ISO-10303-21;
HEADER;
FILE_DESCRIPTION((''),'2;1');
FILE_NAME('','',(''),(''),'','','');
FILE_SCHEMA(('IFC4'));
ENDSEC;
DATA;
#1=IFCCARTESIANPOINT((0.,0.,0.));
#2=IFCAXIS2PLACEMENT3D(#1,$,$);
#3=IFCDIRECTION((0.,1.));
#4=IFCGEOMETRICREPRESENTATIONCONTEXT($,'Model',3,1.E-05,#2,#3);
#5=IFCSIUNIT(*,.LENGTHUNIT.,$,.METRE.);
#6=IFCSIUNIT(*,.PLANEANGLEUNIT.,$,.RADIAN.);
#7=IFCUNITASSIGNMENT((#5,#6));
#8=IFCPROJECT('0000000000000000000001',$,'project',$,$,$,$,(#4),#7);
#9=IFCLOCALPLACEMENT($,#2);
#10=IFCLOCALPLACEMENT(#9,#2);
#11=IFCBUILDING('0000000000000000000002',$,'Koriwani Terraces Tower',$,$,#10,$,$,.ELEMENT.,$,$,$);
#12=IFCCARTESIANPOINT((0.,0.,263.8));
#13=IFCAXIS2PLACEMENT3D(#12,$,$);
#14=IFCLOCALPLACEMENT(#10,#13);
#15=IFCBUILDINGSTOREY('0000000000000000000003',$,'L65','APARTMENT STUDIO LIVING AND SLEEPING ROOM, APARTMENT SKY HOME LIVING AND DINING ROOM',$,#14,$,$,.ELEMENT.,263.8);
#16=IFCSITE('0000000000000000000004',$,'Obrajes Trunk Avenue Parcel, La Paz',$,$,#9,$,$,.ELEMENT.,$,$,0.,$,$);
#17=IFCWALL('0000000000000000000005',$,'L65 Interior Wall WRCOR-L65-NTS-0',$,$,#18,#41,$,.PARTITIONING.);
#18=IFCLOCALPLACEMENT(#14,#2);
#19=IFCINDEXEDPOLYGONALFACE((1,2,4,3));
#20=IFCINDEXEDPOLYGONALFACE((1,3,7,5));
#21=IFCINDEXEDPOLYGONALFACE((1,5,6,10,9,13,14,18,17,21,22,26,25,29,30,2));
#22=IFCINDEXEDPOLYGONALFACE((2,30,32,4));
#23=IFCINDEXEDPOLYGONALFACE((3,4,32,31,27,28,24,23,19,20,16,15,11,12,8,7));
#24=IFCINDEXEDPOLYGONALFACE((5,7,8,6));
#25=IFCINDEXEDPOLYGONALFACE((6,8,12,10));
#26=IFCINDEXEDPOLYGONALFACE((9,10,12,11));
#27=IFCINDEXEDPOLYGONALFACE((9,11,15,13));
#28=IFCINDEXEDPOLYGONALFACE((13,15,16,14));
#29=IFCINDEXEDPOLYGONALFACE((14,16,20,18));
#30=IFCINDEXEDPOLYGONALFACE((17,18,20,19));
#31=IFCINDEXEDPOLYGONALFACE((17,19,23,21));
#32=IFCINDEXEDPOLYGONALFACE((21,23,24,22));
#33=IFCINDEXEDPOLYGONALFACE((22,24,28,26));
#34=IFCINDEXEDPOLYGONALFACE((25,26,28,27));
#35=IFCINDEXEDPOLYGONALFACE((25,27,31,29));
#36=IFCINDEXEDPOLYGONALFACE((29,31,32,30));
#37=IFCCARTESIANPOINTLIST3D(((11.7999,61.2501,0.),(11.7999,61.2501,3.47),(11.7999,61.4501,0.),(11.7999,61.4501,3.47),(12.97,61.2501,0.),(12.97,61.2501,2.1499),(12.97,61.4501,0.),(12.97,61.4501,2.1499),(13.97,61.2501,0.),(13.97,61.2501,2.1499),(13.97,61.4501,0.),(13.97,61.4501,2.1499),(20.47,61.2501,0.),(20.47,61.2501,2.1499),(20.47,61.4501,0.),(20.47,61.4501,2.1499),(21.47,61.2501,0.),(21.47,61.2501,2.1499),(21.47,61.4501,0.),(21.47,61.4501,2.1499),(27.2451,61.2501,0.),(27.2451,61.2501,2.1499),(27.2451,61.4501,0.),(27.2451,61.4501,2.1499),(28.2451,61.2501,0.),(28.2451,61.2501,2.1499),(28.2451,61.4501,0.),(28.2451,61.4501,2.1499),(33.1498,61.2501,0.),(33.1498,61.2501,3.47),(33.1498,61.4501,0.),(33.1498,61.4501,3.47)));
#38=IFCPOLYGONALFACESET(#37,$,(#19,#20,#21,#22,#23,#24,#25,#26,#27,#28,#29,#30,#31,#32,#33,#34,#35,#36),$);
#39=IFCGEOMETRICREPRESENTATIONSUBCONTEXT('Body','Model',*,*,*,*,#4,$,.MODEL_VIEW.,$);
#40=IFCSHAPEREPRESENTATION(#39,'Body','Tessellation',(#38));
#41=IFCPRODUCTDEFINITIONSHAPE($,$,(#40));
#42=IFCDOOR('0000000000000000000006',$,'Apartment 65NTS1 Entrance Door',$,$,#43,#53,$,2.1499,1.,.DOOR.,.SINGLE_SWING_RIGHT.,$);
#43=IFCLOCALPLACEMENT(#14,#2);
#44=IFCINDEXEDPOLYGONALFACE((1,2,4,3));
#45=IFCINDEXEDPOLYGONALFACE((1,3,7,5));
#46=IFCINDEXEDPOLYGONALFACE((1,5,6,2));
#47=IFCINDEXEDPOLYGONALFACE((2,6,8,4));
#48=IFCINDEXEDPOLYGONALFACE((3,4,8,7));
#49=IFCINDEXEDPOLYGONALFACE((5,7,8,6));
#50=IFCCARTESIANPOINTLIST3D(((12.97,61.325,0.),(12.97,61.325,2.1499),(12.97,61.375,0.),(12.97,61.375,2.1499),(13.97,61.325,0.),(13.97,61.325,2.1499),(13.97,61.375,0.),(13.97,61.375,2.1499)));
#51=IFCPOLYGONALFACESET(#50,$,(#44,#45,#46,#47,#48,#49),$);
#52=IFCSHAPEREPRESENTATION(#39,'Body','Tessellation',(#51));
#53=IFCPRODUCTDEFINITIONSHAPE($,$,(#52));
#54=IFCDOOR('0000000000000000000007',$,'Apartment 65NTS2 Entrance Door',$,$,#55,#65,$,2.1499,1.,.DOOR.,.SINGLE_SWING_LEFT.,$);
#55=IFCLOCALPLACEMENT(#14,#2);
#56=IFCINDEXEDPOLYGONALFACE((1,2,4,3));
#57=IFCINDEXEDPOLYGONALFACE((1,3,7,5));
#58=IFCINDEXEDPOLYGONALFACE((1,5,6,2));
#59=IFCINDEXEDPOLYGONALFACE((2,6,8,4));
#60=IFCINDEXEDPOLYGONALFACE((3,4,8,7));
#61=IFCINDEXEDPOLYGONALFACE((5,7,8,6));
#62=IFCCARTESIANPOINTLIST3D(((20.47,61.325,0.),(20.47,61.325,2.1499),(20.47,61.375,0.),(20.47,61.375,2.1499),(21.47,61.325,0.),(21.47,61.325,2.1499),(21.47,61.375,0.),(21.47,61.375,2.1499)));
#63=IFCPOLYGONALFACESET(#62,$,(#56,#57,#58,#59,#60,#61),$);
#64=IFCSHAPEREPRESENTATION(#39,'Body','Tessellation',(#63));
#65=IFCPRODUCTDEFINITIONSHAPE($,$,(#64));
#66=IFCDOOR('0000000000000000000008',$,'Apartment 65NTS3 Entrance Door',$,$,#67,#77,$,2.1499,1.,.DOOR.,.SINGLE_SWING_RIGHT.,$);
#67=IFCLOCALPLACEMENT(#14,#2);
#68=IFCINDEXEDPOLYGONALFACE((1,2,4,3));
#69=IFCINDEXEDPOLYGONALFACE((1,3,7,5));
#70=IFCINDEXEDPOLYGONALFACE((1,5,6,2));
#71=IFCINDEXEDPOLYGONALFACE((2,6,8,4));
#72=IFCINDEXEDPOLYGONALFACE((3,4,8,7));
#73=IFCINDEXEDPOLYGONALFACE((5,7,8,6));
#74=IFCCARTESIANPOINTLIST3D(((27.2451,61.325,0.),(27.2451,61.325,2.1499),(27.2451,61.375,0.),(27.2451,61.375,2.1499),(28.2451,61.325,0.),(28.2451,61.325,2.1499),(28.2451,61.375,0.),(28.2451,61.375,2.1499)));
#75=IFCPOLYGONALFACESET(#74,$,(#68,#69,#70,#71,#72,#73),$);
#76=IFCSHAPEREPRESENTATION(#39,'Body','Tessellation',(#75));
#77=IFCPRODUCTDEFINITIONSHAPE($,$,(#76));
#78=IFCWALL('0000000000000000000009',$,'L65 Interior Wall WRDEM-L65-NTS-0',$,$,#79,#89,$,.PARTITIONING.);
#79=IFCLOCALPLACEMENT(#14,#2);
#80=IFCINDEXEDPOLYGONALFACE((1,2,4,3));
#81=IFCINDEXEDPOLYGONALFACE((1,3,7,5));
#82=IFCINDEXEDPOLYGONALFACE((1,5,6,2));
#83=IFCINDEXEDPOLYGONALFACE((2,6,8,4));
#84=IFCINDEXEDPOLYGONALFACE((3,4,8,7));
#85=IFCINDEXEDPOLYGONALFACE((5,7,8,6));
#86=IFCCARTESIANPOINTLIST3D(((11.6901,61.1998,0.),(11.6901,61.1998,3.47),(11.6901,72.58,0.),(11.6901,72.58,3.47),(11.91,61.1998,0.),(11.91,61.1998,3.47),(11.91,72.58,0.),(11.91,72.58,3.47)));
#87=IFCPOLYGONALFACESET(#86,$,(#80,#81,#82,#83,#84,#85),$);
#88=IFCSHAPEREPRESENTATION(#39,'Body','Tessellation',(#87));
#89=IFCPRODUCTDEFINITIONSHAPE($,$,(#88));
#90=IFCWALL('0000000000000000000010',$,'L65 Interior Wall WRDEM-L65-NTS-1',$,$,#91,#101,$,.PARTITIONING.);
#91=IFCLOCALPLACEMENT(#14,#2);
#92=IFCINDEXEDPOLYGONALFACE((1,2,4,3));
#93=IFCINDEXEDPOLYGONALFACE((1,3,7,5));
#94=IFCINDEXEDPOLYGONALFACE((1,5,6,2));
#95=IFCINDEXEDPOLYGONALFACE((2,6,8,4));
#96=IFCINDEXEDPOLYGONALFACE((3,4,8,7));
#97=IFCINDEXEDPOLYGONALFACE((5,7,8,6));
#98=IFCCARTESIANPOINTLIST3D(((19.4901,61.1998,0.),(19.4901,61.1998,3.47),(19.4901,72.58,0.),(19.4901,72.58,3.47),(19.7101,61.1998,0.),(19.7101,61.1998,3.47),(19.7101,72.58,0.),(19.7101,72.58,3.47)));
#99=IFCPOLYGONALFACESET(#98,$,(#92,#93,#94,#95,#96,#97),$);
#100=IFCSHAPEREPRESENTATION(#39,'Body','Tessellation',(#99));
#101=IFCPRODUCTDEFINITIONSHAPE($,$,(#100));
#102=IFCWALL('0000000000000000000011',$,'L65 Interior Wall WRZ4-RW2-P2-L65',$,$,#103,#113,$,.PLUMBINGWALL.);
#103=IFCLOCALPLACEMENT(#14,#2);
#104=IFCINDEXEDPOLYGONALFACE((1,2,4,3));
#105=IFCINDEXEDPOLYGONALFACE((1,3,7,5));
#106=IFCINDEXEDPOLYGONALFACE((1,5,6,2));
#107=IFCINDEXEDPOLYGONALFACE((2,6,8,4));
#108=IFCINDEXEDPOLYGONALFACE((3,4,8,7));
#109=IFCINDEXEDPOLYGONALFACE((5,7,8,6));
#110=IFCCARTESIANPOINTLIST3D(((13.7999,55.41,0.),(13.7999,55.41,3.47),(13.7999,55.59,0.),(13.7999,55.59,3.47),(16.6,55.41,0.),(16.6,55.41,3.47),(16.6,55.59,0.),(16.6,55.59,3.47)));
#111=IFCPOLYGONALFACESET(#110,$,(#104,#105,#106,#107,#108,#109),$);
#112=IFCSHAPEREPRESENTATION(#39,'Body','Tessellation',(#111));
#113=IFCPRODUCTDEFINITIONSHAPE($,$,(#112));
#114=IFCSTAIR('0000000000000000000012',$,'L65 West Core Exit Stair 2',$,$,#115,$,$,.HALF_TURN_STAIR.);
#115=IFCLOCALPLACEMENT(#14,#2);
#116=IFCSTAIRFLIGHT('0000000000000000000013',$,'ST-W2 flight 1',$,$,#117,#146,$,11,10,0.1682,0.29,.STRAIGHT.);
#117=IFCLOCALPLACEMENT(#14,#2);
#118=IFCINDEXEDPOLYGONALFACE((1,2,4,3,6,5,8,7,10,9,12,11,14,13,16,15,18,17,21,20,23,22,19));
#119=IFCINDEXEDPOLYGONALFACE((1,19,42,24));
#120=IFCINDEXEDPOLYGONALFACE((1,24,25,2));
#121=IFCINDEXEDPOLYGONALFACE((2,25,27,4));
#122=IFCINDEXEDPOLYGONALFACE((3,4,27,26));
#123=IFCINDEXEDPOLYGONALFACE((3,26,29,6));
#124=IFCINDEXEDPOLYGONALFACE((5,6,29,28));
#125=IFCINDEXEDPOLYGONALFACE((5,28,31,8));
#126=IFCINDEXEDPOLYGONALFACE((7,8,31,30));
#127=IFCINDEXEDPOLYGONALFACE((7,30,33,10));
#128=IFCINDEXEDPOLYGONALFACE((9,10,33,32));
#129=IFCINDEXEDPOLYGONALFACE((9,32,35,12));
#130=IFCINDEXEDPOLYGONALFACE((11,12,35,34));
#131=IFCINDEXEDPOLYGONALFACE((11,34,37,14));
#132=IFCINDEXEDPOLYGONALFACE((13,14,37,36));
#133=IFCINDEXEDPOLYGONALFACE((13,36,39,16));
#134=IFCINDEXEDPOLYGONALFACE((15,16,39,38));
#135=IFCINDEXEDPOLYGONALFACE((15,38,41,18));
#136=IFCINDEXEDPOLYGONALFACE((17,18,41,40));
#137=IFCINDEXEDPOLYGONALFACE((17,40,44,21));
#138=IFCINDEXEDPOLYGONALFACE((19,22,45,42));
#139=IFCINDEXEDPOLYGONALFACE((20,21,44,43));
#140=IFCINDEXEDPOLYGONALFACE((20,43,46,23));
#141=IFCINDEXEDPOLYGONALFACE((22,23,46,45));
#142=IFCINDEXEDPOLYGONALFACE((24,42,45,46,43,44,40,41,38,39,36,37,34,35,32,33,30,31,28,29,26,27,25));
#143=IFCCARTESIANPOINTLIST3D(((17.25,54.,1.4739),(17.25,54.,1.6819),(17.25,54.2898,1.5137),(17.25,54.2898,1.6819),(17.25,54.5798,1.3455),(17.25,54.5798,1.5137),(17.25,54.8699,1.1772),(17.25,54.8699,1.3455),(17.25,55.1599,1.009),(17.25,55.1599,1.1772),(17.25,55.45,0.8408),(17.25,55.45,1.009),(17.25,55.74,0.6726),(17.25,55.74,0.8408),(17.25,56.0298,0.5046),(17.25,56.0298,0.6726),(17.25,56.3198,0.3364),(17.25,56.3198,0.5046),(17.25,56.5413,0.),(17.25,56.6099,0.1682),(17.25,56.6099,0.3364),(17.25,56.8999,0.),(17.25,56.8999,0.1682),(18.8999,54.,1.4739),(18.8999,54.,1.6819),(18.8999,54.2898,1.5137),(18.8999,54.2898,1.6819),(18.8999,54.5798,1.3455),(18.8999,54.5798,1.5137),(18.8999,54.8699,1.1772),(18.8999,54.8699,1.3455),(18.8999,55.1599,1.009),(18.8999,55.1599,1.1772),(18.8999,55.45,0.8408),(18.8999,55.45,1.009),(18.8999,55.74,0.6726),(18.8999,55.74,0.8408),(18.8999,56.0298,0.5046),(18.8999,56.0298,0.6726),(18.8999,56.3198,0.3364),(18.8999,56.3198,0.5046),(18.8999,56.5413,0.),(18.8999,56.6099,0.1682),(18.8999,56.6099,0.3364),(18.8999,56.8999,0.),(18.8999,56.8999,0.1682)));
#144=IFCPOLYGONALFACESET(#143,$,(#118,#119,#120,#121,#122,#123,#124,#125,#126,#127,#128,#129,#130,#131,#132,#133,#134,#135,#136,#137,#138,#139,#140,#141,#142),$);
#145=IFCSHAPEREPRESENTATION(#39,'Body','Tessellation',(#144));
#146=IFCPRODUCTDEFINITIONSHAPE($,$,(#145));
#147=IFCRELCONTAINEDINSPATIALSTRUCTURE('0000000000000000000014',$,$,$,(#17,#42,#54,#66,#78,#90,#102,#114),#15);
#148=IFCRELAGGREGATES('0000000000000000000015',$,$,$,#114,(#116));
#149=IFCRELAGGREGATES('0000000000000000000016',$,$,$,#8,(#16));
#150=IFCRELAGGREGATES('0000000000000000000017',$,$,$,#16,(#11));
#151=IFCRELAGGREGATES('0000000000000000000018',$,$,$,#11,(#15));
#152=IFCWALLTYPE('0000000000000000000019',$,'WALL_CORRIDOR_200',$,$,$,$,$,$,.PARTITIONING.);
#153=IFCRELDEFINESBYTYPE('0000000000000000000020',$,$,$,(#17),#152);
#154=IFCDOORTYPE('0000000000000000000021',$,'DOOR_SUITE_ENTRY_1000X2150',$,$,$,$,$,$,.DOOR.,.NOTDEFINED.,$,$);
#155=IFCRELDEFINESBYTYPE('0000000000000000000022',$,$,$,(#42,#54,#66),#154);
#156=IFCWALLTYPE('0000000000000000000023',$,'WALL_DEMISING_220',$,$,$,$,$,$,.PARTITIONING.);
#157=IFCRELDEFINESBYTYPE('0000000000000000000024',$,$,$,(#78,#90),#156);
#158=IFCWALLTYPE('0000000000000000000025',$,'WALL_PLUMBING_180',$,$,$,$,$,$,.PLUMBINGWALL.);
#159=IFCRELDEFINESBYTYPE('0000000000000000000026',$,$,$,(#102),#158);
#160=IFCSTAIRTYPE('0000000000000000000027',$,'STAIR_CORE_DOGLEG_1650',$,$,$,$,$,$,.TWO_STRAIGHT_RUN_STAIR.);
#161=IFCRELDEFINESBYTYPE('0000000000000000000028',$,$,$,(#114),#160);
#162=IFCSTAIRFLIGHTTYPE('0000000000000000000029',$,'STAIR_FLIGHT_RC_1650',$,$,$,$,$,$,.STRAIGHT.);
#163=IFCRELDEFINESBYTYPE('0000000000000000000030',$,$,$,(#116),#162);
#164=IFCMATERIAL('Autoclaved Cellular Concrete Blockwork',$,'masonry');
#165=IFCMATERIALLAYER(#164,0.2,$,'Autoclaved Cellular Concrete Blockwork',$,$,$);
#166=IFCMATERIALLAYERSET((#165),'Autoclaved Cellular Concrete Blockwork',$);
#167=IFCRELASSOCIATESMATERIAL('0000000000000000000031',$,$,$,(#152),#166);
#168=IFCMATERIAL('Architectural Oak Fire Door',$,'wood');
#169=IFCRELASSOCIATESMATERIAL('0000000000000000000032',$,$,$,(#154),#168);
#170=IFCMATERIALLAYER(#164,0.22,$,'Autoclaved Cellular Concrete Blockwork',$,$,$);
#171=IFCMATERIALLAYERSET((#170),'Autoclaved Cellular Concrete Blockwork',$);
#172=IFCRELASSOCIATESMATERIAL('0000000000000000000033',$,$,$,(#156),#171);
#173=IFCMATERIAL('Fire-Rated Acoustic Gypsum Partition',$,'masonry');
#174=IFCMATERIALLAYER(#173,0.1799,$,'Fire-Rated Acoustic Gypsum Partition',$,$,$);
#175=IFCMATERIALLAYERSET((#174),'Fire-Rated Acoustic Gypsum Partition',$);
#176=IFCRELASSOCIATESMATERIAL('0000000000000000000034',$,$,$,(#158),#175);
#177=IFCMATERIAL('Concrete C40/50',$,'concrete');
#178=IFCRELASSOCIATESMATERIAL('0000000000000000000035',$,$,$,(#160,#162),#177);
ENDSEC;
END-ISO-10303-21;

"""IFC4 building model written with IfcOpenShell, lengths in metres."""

from ifc_helpers import new_model, si_unit, direction, frame, frame_2d, origin, place, context, subcontext, project, spatial, polyline, rectangle, outline, extrude, material, layer, layer_set, type_object, element, fill, aggregate, save


model = new_model("IFC4")

# Units and contexts
model_context = context("Model", 3, precision=1e-05, world=origin(), true_north=direction((0.0, 1.0)))
body_context = subcontext(model_context, "Body", "Model", "MODEL_VIEW")
ifc_project = project(units=[si_unit("LENGTHUNIT", "METRE"), si_unit("PLANEANGLEUNIT", "RADIAN")], contexts=[model_context])

# Site, building, storey
site_placement = place(None, origin())
site = spatial("IfcSite", under=ifc_project, at=site_placement, Name="Obrajes Trunk Avenue Parcel, La Paz", CompositionType="ELEMENT", RefElevation=0.0)
building_placement = place(site_placement, origin())
building = spatial("IfcBuilding", under=site, at=building_placement, Name="Koriwani Terraces Tower", CompositionType="ELEMENT")
storey_placement = place(building_placement, frame((0.0, 0.0, 263.8)))
storey = spatial("IfcBuildingStorey", under=building, at=storey_placement, Name="L65", Description="APARTMENT STUDIO LIVING AND SLEEPING ROOM, APARTMENT SKY HOME LIVING AND DINING ROOM", CompositionType="ELEMENT", Elevation=263.8)

# Shared definitions
ifc_material_1 = material(Name="Concrete C40/50", Category="concrete")

# Shared definitions
ifc_material_2 = material(Name="Autoclaved Cellular Concrete Blockwork", Category="masonry")
ifc_layer_1 = layer(ifc_material_2, 0.2, Name="Autoclaved Cellular Concrete Blockwork")
ifc_layer_set_1 = layer_set([ifc_layer_1], Name="Autoclaved Cellular Concrete Blockwork")
wall_type_1 = type_object("IfcWallType", Name="WALL_CORRIDOR_200", PredefinedType="PARTITIONING", material=ifc_layer_set_1)
ifc_material_3 = material(Name="Architectural Oak Fire Door", Category="wood")
door_type_1 = type_object("IfcDoorType", Name="DOOR_SUITE_ENTRY_1000X2150", OperationType="NOTDEFINED", PredefinedType="DOOR", material=ifc_material_3)

# Wall, openings, doors
wall_1_placement = place(storey_placement, frame((11.8, 61.3501, 0.0), z_axis=(0.0, 0.0, 1.0), x_axis=(1.0, 0.0, 0.0)))
wall_1 = element("IfcWall", 1, at=wall_1_placement, inside=storey, type_object=wall_type_1, Name="L65 Interior Wall WRCOR-L65-NTS-0", PredefinedType="PARTITIONING", context=body_context, shape_type="SweptSolid", body=[
    extrude(rectangle(XDim=21.3499, YDim=0.2, at=frame_2d((10.6748, 0.0))), origin(), (0.0, 0.0, 1.0), 3.47),
])
opening_1_placement = place(wall_1_placement, frame((1.1699, 0.0, 0.0)))
opening_1 = element("IfcOpeningElement", 2, at=opening_1_placement, cuts=wall_1, PredefinedType="OPENING", context=body_context, shape_type="SweptSolid", body=[
    extrude(rectangle(XDim=1.0, YDim=2.1499, at=frame_2d((0.5, 1.075))), frame((0.0, 0.1099, 0.0), z_axis=(0.0, -1.0, 0.0), x_axis=(1.0, 0.0, 0.0)), (0.0, 0.0, 1.0), 0.22),
])
opening_2_placement = place(wall_1_placement, frame((8.6699, 0.0, 0.0)))
opening_2 = element("IfcOpeningElement", 3, at=opening_2_placement, cuts=wall_1, PredefinedType="OPENING", context=body_context, shape_type="SweptSolid", body=[
    extrude(rectangle(XDim=1.0, YDim=2.1499, at=frame_2d((0.5, 1.075))), frame((0.0, 0.1099, 0.0), z_axis=(0.0, -1.0, 0.0), x_axis=(1.0, 0.0, 0.0)), (0.0, 0.0, 1.0), 0.22),
])
opening_3_placement = place(wall_1_placement, frame((15.4451, 0.0, 0.0)))
opening_3 = element("IfcOpeningElement", 4, at=opening_3_placement, cuts=wall_1, PredefinedType="OPENING", context=body_context, shape_type="SweptSolid", body=[
    extrude(rectangle(XDim=1.0, YDim=2.1499, at=frame_2d((0.5, 1.075))), frame((0.0, 0.1099, 0.0), z_axis=(0.0, -1.0, 0.0), x_axis=(1.0, 0.0, 0.0)), (0.0, 0.0, 1.0), 0.22),
])
door_1_placement = place(opening_1_placement, origin())
door_1 = element("IfcDoor", 5, at=door_1_placement, inside=storey, type_object=door_type_1, Name="Apartment 65NTS1 Entrance Door", OperationType="SINGLE_SWING_RIGHT", OverallHeight=2.1499, OverallWidth=1.0, PredefinedType="DOOR", context=body_context, shape_type="SweptSolid", body=[
    extrude(rectangle(XDim=1.0, YDim=2.1499, at=frame_2d((0.5, 1.075))), frame((0.0, 0.0249, 0.0), z_axis=(0.0, -1.0, 0.0), x_axis=(1.0, 0.0, 0.0)), (0.0, 0.0, 1.0), 0.05),
])
fill(opening_1, door_1)
door_2_placement = place(opening_2_placement, origin())
door_2 = element("IfcDoor", 6, at=door_2_placement, inside=storey, type_object=door_type_1, Name="Apartment 65NTS2 Entrance Door", OperationType="SINGLE_SWING_LEFT", OverallHeight=2.1499, OverallWidth=1.0, PredefinedType="DOOR", context=body_context, shape_type="SweptSolid", body=[
    extrude(rectangle(XDim=1.0, YDim=2.1499, at=frame_2d((0.5, 1.075))), frame((0.0, 0.0249, 0.0), z_axis=(0.0, -1.0, 0.0), x_axis=(1.0, 0.0, 0.0)), (0.0, 0.0, 1.0), 0.05),
])
fill(opening_2, door_2)
door_3_placement = place(opening_3_placement, origin())
door_3 = element("IfcDoor", 7, at=door_3_placement, inside=storey, type_object=door_type_1, Name="Apartment 65NTS3 Entrance Door", OperationType="SINGLE_SWING_RIGHT", OverallHeight=2.1499, OverallWidth=1.0, PredefinedType="DOOR", context=body_context, shape_type="SweptSolid", body=[
    extrude(rectangle(XDim=1.0, YDim=2.1499, at=frame_2d((0.5, 1.075))), frame((0.0, 0.0249, 0.0), z_axis=(0.0, -1.0, 0.0), x_axis=(1.0, 0.0, 0.0)), (0.0, 0.0, 1.0), 0.05),
])
fill(opening_3, door_3)

# Walls
ifc_layer_2 = layer(ifc_material_2, 0.22, Name="Autoclaved Cellular Concrete Blockwork")
ifc_layer_set_2 = layer_set([ifc_layer_2], Name="Autoclaved Cellular Concrete Blockwork")
wall_type_2 = type_object("IfcWallType", Name="WALL_DEMISING_220", PredefinedType="PARTITIONING", material=ifc_layer_set_2)
for number, where, z_axis, x_axis, name in (
    (8, (11.8, 61.2, 0.0), (0.0, 0.0, 1.0), (0.0, 1.0, 0.0), "L65 Interior Wall WRDEM-L65-NTS-0"),
    (9, (19.6001, 61.2, 0.0), (0.0, 0.0, 1.0), (0.0, 1.0, 0.0), "L65 Interior Wall WRDEM-L65-NTS-1"),
):
    element("IfcWall", number, at=place(storey_placement, frame(where, z_axis=z_axis, x_axis=x_axis)), inside=storey, type_object=wall_type_2, Name=name, PredefinedType="PARTITIONING", context=body_context, shape_type="SweptSolid", body=[
        extrude(rectangle(XDim=11.3801, YDim=0.22, at=frame_2d((5.6899, 0.0))), origin(), (0.0, 0.0, 1.0), 3.47),
    ])
ifc_material_4 = material(Name="Fire-Rated Acoustic Gypsum Partition", Category="masonry")
ifc_layer_3 = layer(ifc_material_4, 0.1799, Name="Fire-Rated Acoustic Gypsum Partition")
ifc_layer_set_3 = layer_set([ifc_layer_3], Name="Fire-Rated Acoustic Gypsum Partition")
wall_type_3 = type_object("IfcWallType", Name="WALL_PLUMBING_180", PredefinedType="PLUMBINGWALL", material=ifc_layer_set_3)
wall_2_placement = place(storey_placement, frame((13.8, 55.5, 0.0), z_axis=(0.0, 0.0, 1.0), x_axis=(1.0, 0.0, 0.0)))
element("IfcWall", 10, at=wall_2_placement, inside=storey, type_object=wall_type_3, Name="L65 Interior Wall WRZ4-RW2-P2-L65", PredefinedType="PLUMBINGWALL", context=body_context, shape_type="SweptSolid", body=[
    extrude(rectangle(XDim=2.8, YDim=0.1799, at=frame_2d((1.3999, 0.0))), origin(), (0.0, 0.0, 1.0), 3.47),
])

# Stair, stair flight
stair_type = type_object("IfcStairType", Name="STAIR_CORE_DOGLEG_1650", PredefinedType="TWO_STRAIGHT_RUN_STAIR", material=ifc_material_1)
stair_placement = place(storey_placement, origin())
stair = element("IfcStair", 11, at=stair_placement, inside=storey, type_object=stair_type, Name="L65 West Core Exit Stair 2", PredefinedType="HALF_TURN_STAIR")
stair_flight_type = type_object("IfcStairFlightType", Name="STAIR_FLIGHT_RC_1650", PredefinedType="STRAIGHT", material=ifc_material_1)
stair_flight_placement = place(storey_placement, frame((18.075, 56.8999, 0.0), z_axis=(0.0, 0.0, 1.0), x_axis=(0.0, -1.0, 0.0)))
stair_flight = element("IfcStairFlight", 12, at=stair_flight_placement, type_object=stair_flight_type, Name="ST-W2 flight 1", NumberOfRisers=11, NumberOfTreads=10, PredefinedType="STRAIGHT", RiserHeight=0.1682, TreadLength=0.29, context=body_context, shape_type="SweptSolid", body=[
    extrude(outline(polyline([(0.0, 0.0), (0.0, 0.1682), (0.29, 0.1682), (0.29, 0.3364), (0.5801, 0.3364), (0.5801, 0.5046), (0.8701, 0.5046), (0.8701, 0.6726), (1.1599, 0.6726), (1.1599, 0.8408), (1.45, 0.8408), (1.45, 1.009), (1.74, 1.009), (1.74, 1.1772), (2.03, 1.1772), (2.03, 1.3455), (2.3201, 1.3455), (2.3201, 1.5137), (2.6101, 1.5137), (2.6101, 1.6819), (2.8999, 1.6819), (2.8999, 1.8501), (2.8999, 1.4739), (0.3586, 0.0), (0.0, 0.0)])), frame((0.0, 0.825, 0.0), z_axis=(0.0, -1.0, 0.0), x_axis=(1.0, 0.0, 0.0)), (0.0, 0.0, 1.0), 1.6499),
])
aggregate(stair, [stair_flight])

save(model, "model.ifc")
